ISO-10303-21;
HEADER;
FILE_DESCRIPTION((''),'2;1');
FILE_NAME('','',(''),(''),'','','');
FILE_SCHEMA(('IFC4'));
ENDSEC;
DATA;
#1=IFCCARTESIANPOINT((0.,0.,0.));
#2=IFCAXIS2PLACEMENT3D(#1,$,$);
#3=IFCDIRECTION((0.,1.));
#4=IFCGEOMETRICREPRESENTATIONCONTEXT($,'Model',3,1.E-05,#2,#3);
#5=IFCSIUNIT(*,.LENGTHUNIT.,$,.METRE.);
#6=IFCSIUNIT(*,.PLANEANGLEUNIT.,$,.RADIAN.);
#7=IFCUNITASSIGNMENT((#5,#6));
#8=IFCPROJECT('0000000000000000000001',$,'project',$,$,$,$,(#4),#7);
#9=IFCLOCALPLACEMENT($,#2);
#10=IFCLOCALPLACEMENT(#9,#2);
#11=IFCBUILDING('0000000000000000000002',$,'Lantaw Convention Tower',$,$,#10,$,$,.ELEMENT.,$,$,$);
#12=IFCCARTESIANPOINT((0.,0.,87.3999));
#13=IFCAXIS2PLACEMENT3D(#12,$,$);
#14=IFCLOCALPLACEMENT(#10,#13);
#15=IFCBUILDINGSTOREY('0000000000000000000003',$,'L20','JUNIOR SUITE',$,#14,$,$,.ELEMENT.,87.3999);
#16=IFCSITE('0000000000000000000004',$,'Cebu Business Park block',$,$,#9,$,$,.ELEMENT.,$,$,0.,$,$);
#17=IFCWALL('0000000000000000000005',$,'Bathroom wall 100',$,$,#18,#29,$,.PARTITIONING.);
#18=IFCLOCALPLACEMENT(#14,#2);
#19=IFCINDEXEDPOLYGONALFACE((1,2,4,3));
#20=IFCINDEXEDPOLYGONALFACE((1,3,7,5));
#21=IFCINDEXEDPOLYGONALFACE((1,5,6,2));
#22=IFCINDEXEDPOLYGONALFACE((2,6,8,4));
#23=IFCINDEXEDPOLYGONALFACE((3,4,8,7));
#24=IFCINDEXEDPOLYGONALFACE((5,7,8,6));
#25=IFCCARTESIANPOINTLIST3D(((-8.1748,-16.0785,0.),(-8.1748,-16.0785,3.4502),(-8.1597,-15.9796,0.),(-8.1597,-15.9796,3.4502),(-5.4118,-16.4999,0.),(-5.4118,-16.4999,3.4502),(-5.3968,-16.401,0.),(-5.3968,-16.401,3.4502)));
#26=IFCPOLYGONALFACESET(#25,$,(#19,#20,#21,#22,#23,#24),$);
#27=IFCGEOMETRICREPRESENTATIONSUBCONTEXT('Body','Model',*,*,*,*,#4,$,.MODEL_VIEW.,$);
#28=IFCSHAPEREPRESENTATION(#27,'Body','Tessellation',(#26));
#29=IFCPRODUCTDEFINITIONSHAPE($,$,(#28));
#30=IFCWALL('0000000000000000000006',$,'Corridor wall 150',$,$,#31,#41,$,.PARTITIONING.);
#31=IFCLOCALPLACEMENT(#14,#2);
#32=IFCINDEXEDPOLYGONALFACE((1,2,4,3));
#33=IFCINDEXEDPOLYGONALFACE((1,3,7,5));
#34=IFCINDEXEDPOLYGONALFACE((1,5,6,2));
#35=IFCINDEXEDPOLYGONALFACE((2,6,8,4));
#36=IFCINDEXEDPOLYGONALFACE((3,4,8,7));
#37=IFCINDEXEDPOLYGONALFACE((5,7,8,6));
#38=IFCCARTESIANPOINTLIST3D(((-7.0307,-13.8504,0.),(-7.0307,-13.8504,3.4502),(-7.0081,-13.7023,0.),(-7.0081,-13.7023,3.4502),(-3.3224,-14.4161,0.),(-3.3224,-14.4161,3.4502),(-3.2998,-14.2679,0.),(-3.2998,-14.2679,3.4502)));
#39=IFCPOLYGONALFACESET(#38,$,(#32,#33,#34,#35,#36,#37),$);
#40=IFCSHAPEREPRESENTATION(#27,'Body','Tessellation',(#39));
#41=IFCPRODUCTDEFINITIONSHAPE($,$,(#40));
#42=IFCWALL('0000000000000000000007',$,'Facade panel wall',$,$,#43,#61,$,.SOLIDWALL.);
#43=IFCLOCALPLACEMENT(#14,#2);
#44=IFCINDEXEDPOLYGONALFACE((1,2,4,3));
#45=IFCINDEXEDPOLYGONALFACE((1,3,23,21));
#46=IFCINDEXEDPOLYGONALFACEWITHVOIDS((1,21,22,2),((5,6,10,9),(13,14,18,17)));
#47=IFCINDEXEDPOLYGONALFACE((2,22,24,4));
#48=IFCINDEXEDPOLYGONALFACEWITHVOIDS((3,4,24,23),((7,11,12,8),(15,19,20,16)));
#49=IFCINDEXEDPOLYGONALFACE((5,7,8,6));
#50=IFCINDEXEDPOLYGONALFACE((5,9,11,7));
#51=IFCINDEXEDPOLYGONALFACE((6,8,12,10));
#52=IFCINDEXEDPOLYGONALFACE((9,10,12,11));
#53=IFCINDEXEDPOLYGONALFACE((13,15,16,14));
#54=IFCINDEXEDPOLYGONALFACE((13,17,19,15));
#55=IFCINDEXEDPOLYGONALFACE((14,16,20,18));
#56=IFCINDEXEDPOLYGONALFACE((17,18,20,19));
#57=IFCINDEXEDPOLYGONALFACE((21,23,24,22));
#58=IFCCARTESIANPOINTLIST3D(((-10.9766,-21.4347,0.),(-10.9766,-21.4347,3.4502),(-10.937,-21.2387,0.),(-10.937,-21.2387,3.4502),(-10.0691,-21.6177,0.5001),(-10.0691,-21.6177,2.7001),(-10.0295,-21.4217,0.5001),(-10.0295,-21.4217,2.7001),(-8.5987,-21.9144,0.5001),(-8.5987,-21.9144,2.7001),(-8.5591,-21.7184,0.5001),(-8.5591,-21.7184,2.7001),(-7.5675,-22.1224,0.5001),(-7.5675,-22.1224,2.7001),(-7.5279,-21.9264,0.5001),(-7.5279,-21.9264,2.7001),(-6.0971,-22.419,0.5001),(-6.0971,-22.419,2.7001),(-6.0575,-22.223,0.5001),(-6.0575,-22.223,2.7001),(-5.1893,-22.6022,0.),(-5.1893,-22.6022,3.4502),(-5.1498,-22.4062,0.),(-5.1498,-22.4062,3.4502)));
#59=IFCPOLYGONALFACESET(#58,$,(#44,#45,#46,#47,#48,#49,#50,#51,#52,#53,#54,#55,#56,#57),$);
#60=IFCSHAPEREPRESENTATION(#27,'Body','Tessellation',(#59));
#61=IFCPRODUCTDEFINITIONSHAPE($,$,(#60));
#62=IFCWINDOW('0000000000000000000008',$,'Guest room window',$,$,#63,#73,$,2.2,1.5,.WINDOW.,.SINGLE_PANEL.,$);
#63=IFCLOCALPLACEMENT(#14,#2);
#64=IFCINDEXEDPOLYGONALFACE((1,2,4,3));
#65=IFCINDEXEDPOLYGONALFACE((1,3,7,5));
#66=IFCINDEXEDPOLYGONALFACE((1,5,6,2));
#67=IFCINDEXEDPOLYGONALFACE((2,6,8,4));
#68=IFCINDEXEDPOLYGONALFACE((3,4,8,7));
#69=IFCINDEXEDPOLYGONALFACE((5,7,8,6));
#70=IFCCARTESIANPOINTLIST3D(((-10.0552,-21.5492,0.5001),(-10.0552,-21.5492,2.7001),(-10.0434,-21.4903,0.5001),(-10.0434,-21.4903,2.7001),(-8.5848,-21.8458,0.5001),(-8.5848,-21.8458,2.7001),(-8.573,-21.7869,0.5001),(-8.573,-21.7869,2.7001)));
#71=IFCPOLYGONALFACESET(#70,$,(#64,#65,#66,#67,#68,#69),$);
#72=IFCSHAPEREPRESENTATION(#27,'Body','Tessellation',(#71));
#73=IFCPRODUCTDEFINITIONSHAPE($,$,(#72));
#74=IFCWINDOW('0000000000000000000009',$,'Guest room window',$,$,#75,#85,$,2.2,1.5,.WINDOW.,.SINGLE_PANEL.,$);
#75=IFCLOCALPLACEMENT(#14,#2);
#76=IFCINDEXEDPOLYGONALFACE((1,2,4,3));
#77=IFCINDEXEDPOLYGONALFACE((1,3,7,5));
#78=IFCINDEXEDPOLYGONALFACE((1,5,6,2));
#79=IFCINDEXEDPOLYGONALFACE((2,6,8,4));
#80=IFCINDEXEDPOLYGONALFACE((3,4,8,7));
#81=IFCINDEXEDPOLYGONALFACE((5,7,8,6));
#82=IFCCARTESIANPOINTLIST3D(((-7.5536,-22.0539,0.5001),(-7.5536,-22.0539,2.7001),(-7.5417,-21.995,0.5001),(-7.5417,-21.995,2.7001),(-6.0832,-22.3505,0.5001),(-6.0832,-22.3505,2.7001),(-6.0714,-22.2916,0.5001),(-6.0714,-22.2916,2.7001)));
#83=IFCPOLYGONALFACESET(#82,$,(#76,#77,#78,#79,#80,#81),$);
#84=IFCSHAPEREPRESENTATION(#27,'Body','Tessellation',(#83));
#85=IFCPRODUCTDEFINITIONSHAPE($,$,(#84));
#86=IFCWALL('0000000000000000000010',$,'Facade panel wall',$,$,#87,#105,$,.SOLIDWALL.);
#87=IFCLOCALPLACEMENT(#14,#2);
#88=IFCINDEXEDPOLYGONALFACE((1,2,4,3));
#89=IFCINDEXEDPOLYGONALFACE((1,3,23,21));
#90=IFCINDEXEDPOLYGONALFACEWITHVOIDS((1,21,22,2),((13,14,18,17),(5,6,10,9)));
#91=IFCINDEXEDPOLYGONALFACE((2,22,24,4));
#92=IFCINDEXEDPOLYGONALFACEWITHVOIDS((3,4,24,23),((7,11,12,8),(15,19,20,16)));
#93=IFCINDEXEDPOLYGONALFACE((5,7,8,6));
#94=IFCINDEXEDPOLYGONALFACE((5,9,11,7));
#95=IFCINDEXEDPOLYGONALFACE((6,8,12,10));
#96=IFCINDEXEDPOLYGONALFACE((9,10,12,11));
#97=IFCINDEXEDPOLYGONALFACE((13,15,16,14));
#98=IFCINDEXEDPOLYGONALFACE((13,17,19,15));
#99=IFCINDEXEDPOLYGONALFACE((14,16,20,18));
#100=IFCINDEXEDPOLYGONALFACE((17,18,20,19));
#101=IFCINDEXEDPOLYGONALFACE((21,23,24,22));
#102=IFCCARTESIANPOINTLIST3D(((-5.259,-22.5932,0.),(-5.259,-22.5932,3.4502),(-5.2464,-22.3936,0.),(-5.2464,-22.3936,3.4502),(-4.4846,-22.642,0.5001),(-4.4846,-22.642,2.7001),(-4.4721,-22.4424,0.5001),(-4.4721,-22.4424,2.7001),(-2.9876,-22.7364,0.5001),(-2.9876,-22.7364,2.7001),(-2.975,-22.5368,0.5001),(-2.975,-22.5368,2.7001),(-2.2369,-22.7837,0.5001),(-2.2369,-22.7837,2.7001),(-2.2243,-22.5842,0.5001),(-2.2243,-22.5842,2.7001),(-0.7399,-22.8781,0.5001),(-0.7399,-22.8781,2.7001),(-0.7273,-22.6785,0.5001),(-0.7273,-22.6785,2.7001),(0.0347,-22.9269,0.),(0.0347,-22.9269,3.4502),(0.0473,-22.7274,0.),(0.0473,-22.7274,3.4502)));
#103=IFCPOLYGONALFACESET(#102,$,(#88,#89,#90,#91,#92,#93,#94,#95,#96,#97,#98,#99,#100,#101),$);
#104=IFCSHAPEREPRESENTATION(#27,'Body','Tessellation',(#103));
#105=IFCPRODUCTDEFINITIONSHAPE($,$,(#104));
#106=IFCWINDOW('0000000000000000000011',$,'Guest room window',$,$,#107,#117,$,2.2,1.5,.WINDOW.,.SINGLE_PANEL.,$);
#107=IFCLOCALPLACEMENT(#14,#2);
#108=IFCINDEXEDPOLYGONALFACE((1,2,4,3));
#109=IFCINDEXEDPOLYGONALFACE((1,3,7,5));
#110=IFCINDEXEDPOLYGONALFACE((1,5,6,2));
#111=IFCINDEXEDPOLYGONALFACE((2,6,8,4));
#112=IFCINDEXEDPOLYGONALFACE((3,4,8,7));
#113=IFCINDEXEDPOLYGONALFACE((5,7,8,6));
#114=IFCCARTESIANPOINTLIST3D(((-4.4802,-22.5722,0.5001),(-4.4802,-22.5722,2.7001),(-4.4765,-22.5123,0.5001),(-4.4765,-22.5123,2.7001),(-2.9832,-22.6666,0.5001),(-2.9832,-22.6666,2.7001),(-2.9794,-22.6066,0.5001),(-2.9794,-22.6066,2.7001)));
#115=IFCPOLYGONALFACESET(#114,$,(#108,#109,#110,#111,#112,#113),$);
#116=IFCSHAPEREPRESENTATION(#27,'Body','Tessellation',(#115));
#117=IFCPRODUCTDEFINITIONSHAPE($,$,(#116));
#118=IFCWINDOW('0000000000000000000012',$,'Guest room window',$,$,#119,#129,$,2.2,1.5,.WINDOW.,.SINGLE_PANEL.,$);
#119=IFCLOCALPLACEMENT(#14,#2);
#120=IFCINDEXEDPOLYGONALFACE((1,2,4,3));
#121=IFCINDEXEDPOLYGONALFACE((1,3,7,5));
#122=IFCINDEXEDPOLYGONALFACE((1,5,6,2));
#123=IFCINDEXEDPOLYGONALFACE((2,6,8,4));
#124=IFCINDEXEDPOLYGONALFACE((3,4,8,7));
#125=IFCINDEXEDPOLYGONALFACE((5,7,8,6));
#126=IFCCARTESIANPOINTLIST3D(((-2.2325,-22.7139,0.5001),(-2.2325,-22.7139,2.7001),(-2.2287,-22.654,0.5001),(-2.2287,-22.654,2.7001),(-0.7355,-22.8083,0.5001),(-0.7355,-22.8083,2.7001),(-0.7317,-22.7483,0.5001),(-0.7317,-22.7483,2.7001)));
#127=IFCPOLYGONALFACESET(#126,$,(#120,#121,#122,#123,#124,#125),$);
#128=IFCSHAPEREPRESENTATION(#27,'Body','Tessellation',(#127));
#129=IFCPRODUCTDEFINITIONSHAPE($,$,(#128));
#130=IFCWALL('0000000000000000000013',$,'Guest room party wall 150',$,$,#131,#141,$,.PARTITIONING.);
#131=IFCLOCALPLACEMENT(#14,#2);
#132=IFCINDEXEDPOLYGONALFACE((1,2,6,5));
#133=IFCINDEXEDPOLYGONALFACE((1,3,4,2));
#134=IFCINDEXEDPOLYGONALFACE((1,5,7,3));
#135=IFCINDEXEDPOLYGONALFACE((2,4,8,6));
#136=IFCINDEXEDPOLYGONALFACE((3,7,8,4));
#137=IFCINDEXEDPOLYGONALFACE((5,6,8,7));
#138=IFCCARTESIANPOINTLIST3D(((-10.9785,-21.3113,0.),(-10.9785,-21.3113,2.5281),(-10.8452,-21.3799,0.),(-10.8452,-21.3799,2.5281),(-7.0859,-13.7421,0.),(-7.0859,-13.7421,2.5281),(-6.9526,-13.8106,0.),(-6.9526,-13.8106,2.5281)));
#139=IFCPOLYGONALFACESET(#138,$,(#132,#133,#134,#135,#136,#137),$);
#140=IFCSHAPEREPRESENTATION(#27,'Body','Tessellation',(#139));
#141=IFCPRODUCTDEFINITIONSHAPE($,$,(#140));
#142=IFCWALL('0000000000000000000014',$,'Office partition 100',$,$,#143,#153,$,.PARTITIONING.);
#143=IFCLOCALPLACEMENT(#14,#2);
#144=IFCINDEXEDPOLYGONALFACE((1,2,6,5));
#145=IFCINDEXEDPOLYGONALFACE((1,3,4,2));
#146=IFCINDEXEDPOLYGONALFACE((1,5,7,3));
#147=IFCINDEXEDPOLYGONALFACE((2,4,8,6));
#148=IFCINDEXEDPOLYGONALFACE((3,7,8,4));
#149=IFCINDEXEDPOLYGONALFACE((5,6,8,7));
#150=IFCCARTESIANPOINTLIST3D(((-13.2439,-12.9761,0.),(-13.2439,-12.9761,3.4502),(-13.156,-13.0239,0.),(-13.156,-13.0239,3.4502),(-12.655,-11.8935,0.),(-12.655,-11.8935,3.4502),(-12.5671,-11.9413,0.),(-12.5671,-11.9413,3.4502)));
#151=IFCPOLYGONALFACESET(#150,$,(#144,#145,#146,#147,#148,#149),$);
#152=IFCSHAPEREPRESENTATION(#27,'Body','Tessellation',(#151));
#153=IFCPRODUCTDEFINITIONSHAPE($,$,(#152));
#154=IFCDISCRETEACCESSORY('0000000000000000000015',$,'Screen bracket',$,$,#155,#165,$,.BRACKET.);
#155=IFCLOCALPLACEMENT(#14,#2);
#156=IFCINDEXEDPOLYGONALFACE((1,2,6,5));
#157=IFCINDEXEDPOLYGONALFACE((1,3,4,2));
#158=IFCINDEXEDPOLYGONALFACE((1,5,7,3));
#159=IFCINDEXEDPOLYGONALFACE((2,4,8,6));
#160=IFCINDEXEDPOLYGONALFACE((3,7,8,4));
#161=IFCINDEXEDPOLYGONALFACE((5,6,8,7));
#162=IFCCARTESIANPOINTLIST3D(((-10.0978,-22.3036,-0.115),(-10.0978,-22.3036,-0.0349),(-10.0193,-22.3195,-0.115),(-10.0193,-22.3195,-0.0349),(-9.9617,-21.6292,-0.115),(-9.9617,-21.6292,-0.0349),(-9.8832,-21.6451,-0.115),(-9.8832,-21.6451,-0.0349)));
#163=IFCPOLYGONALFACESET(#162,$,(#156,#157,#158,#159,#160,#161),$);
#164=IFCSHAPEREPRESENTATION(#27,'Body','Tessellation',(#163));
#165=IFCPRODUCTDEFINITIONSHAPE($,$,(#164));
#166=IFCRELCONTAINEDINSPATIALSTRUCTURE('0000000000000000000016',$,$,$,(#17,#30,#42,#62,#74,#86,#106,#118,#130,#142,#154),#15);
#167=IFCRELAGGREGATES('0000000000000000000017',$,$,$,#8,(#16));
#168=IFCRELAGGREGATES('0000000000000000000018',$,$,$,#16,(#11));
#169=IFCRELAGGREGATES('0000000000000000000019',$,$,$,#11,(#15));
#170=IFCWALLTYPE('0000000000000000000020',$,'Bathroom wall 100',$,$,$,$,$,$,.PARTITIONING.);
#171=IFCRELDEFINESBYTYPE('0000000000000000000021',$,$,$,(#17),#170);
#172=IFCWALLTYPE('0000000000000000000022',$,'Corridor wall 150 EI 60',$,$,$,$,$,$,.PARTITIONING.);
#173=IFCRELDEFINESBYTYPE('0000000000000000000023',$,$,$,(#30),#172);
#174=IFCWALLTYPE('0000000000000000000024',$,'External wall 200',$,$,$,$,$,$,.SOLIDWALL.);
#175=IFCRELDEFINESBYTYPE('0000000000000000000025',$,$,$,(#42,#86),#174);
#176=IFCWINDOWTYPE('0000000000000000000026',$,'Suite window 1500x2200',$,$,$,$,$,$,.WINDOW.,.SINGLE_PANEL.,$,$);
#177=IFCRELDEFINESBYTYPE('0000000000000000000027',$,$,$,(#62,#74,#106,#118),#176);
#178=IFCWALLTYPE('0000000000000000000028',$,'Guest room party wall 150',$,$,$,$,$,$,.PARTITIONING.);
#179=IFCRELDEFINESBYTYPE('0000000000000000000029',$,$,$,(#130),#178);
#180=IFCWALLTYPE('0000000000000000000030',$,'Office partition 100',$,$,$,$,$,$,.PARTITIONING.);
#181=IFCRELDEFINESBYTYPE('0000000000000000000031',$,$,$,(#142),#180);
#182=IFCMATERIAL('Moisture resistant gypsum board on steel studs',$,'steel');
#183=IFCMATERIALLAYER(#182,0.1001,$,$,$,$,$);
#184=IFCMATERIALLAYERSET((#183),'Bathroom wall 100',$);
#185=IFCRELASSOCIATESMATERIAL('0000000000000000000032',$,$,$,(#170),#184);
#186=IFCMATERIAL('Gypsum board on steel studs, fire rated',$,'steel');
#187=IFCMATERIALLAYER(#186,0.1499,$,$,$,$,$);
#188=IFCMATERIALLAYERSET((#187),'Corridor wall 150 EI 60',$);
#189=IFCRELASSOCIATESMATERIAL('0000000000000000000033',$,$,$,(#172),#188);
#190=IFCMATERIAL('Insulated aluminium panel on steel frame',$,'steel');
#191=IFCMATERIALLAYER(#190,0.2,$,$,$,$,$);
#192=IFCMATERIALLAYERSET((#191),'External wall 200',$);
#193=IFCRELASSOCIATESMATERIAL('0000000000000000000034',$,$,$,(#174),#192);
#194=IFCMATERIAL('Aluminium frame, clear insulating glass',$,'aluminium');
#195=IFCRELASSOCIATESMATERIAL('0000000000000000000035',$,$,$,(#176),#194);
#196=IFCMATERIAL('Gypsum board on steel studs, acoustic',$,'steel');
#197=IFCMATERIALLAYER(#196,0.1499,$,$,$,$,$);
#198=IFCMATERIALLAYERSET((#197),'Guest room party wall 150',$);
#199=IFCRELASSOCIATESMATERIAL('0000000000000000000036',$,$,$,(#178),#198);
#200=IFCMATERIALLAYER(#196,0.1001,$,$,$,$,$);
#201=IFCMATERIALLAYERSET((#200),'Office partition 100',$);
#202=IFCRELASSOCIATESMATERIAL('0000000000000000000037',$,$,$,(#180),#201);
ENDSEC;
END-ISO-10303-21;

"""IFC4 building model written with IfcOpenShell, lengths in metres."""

from ifc_helpers import new_model, si_unit, direction, frame, frame_2d, origin, origin_2d, place, context, subcontext, project, spatial, rectangle, extrude, material, layer, layer_set, type_object, element, fill, save


model = new_model("IFC4")

# Units and contexts
model_context = context("Model", 3, precision=1e-05, world=origin(), true_north=direction((0.0, 1.0)))
body_context = subcontext(model_context, "Body", "Model", "MODEL_VIEW")
ifc_project = project(units=[si_unit("LENGTHUNIT", "METRE"), si_unit("PLANEANGLEUNIT", "RADIAN")], contexts=[model_context])

# Site, building, storey
site_placement = place(None, origin())
site = spatial("IfcSite", under=ifc_project, at=site_placement, Name="Cebu Business Park block", CompositionType="ELEMENT", RefElevation=0.0)
building_placement = place(site_placement, origin())
building = spatial("IfcBuilding", under=site, at=building_placement, Name="Lantaw Convention Tower", CompositionType="ELEMENT")
storey_placement = place(building_placement, frame((0.0, 0.0, 87.3999)))
storey = spatial("IfcBuildingStorey", under=building, at=storey_placement, Name="L20", Description="JUNIOR SUITE", CompositionType="ELEMENT", Elevation=87.3999)

# Walls
ifc_material_1 = material(Name="Moisture resistant gypsum board on steel studs", Category="steel")
ifc_layer_1 = layer(ifc_material_1, 0.1001)
ifc_layer_set_1 = layer_set([ifc_layer_1], Name="Bathroom wall 100")
wall_type_1 = type_object("IfcWallType", Name="Bathroom wall 100", PredefinedType="PARTITIONING", material=ifc_layer_set_1)
wall_1_placement = place(storey_placement, frame((-5.4043, -16.4504, 0.0), z_axis=(0.0, 0.0, 1.0), x_axis=(-0.988569, 0.15077, 0.0)))
element("IfcWall", 1, at=wall_1_placement, inside=storey, type_object=wall_type_1, Name="Bathroom wall 100", PredefinedType="PARTITIONING", context=body_context, shape_type="SweptSolid", body=[
    extrude(rectangle(XDim=2.7949, YDim=0.1001, at=frame_2d((1.3975, 0.0))), origin(), (0.0, 0.0, 1.0), 3.4502),
])
ifc_material_2 = material(Name="Gypsum board on steel studs, fire rated", Category="steel")
ifc_layer_2 = layer(ifc_material_2, 0.1499)
ifc_layer_set_2 = layer_set([ifc_layer_2], Name="Corridor wall 150 EI 60")
wall_type_2 = type_object("IfcWallType", Name="Corridor wall 150 EI 60", PredefinedType="PARTITIONING", material=ifc_layer_set_2)
wall_2_placement = place(storey_placement, frame((-7.0193, -13.7764, 0.0), z_axis=(0.0, 0.0, 1.0), x_axis=(0.988564, -0.1508, 0.0)))
element("IfcWall", 2, at=wall_2_placement, inside=storey, type_object=wall_type_2, Name="Corridor wall 150", PredefinedType="PARTITIONING", context=body_context, shape_type="SweptSolid", body=[
    extrude(rectangle(XDim=3.7512, YDim=0.1499, at=frame_2d((1.8755, 0.0))), origin(), (0.0, 0.0, 1.0), 3.4502),
])

# Walls, openings, windows
ifc_material_3 = material(Name="Insulated aluminium panel on steel frame", Category="steel")
ifc_layer_3 = layer(ifc_material_3, 0.2)
ifc_layer_set_3 = layer_set([ifc_layer_3], Name="External wall 200")
wall_type_3 = type_object("IfcWallType", Name="External wall 200", PredefinedType="SOLIDWALL", material=ifc_layer_set_3)
wall_3_placement = place(storey_placement, frame((-10.9568, -21.3367, 0.0), z_axis=(0.0, 0.0, 1.0), x_axis=(0.980252, -0.197754, 0.0)))
wall_3 = element("IfcWall", 3, at=wall_3_placement, inside=storey, type_object=wall_type_3, Name="Facade panel wall", PredefinedType="SOLIDWALL", context=body_context, shape_type="SweptSolid", body=[
    extrude(rectangle(XDim=5.9038, YDim=0.2, at=frame_2d((2.9519, 0.0))), origin(), (0.0, 0.0, 1.0), 3.4502),
])
opening_1_placement = place(wall_3_placement, frame((0.9258, 0.0, 0.5)))
opening_1 = element("IfcOpeningElement", 4, at=opening_1_placement, cuts=wall_3, PredefinedType="OPENING", context=body_context, shape_type="SweptSolid", body=[
    extrude(rectangle(XDim=1.5, YDim=2.2, at=frame_2d((0.75, 1.1001))), frame((0.0, 0.1099, 0.0), z_axis=(0.0, -1.0, 0.0), x_axis=(1.0, 0.0, 0.0)), (0.0, 0.0, 1.0), 0.22),
])
opening_2_placement = place(wall_3_placement, frame((3.4778, 0.0, 0.5)))
opening_2 = element("IfcOpeningElement", 5, at=opening_2_placement, cuts=wall_3, PredefinedType="OPENING", context=body_context, shape_type="SweptSolid", body=[
    extrude(rectangle(XDim=1.5, YDim=2.2, at=frame_2d((0.75, 1.1001))), frame((0.0, 0.1099, 0.0), z_axis=(0.0, -1.0, 0.0), x_axis=(1.0, 0.0, 0.0)), (0.0, 0.0, 1.0), 0.22),
])
ifc_material_4 = material(Name="Aluminium frame, clear insulating glass", Category="aluminium")
window_type = type_object("IfcWindowType", Name="Suite window 1500x2200", PartitioningType="SINGLE_PANEL", PredefinedType="WINDOW", material=ifc_material_4)
window_1_placement = place(opening_1_placement, origin())
window_1 = element("IfcWindow", 6, at=window_1_placement, inside=storey, type_object=window_type, Name="Guest room window", OverallHeight=2.2, OverallWidth=1.5, PartitioningType="SINGLE_PANEL", PredefinedType="WINDOW", context=body_context, shape_type="SweptSolid", body=[
    extrude(rectangle(XDim=1.5, YDim=2.2, at=frame_2d((0.75, 1.1001))), frame((0.0, 0.03, 0.0), z_axis=(0.0, -1.0, 0.0), x_axis=(1.0, 0.0, 0.0)), (0.0, 0.0, 1.0), 0.0601),
])
fill(opening_1, window_1)
window_2_placement = place(opening_2_placement, origin())
window_2 = element("IfcWindow", 7, at=window_2_placement, inside=storey, type_object=window_type, Name="Guest room window", OverallHeight=2.2, OverallWidth=1.5, PartitioningType="SINGLE_PANEL", PredefinedType="WINDOW", context=body_context, shape_type="SweptSolid", body=[
    extrude(rectangle(XDim=1.5, YDim=2.2, at=frame_2d((0.75, 1.1001))), frame((0.0, 0.03, 0.0), z_axis=(0.0, -1.0, 0.0), x_axis=(1.0, 0.0, 0.0)), (0.0, 0.0, 1.0), 0.0601),
])
fill(opening_2, window_2)
wall_4_placement = place(storey_placement, frame((-5.2527, -22.4934, 0.0), z_axis=(0.0, 0.0, 1.0), x_axis=(0.998019, -0.06292, 0.0)))
wall_4 = element("IfcWall", 8, at=wall_4_placement, inside=storey, type_object=wall_type_3, Name="Facade panel wall", PredefinedType="SOLIDWALL", context=body_context, shape_type="SweptSolid", body=[
    extrude(rectangle(XDim=5.3042, YDim=0.2, at=frame_2d((2.6521, 0.0))), origin(), (0.0, 0.0, 1.0), 3.4502),
])
opening_3_placement = place(wall_4_placement, frame((0.7759, 0.0, 0.5)))
opening_3 = element("IfcOpeningElement", 9, at=opening_3_placement, cuts=wall_4, PredefinedType="OPENING", context=body_context, shape_type="SweptSolid", body=[
    extrude(rectangle(XDim=1.5, YDim=2.2, at=frame_2d((0.75, 1.1001))), frame((0.0, 0.1099, 0.0), z_axis=(0.0, -1.0, 0.0), x_axis=(1.0, 0.0, 0.0)), (0.0, 0.0, 1.0), 0.22),
])
opening_4_placement = place(wall_4_placement, frame((3.0281, 0.0, 0.5)))
opening_4 = element("IfcOpeningElement", 10, at=opening_4_placement, cuts=wall_4, PredefinedType="OPENING", context=body_context, shape_type="SweptSolid", body=[
    extrude(rectangle(XDim=1.5, YDim=2.2, at=frame_2d((0.75, 1.1001))), frame((0.0, 0.1099, 0.0), z_axis=(0.0, -1.0, 0.0), x_axis=(1.0, 0.0, 0.0)), (0.0, 0.0, 1.0), 0.22),
])
window_3_placement = place(opening_3_placement, origin())
window_3 = element("IfcWindow", 11, at=window_3_placement, inside=storey, type_object=window_type, Name="Guest room window", OverallHeight=2.2, OverallWidth=1.5, PartitioningType="SINGLE_PANEL", PredefinedType="WINDOW", context=body_context, shape_type="SweptSolid", body=[
    extrude(rectangle(XDim=1.5, YDim=2.2, at=frame_2d((0.75, 1.1001))), frame((0.0, 0.03, 0.0), z_axis=(0.0, -1.0, 0.0), x_axis=(1.0, 0.0, 0.0)), (0.0, 0.0, 1.0), 0.0601),
])
fill(opening_3, window_3)
window_4_placement = place(opening_4_placement, origin())
window_4 = element("IfcWindow", 12, at=window_4_placement, inside=storey, type_object=window_type, Name="Guest room window", OverallHeight=2.2, OverallWidth=1.5, PartitioningType="SINGLE_PANEL", PredefinedType="WINDOW", context=body_context, shape_type="SweptSolid", body=[
    extrude(rectangle(XDim=1.5, YDim=2.2, at=frame_2d((0.75, 1.1001))), frame((0.0, 0.03, 0.0), z_axis=(0.0, -1.0, 0.0), x_axis=(1.0, 0.0, 0.0)), (0.0, 0.0, 1.0), 0.0601),
])
fill(opening_4, window_4)

# Walls
ifc_material_5 = material(Name="Gypsum board on steel studs, acoustic", Category="steel")
ifc_layer_4 = layer(ifc_material_5, 0.1499)
ifc_layer_set_4 = layer_set([ifc_layer_4], Name="Guest room party wall 150")
wall_type_4 = type_object("IfcWallType", Name="Guest room party wall 150", PredefinedType="PARTITIONING", material=ifc_layer_set_4)
wall_5_placement = place(storey_placement, frame((-10.9119, -21.3457, 0.0), z_axis=(0.0, 0.0, 1.0), x_axis=(0.457327, 0.889298, 0.0)))
element("IfcWall", 13, at=wall_5_placement, inside=storey, type_object=wall_type_4, Name="Guest room party wall 150", PredefinedType="PARTITIONING", context=body_context, shape_type="SweptSolid", body=[
    extrude(rectangle(XDim=8.5115, YDim=0.1499, at=frame_2d((4.2559, 0.0))), origin(), (0.0, 0.0, 1.0), 2.5281),
])
ifc_layer_5 = layer(ifc_material_5, 0.1001)
ifc_layer_set_5 = layer_set([ifc_layer_5], Name="Office partition 100")
wall_type_5 = type_object("IfcWallType", Name="Office partition 100", PredefinedType="PARTITIONING", material=ifc_layer_set_5)
wall_6_placement = place(storey_placement, frame((-13.2, -13.0, 0.0), z_axis=(0.0, 0.0, 1.0), x_axis=(0.477852, 0.87844, 0.0)))
element("IfcWall", 14, at=wall_6_placement, inside=storey, type_object=wall_type_5, Name="Office partition 100", PredefinedType="PARTITIONING", context=body_context, shape_type="SweptSolid", body=[
    extrude(rectangle(XDim=1.2324, YDim=0.1001, at=frame_2d((0.6162, 0.0))), origin(), (0.0, 0.0, 1.0), 3.4502),
])

# Discrete accessory
discrete_accessory_placement = place(storey_placement, frame((-9.9905, -21.9744, -0.115), z_axis=(0.0, 0.0, 1.0), x_axis=(0.980245, -0.197789, 0.0)))
element("IfcDiscreteAccessory", 15, at=discrete_accessory_placement, inside=storey, Name="Screen bracket", PredefinedType="BRACKET", context=body_context, shape_type="SweptSolid", body=[
    extrude(rectangle(XDim=0.0801, YDim=0.688, at=origin_2d()), origin(), (0.0, 0.0, 1.0), 0.0801),
])

save(model, "model.ifc")
